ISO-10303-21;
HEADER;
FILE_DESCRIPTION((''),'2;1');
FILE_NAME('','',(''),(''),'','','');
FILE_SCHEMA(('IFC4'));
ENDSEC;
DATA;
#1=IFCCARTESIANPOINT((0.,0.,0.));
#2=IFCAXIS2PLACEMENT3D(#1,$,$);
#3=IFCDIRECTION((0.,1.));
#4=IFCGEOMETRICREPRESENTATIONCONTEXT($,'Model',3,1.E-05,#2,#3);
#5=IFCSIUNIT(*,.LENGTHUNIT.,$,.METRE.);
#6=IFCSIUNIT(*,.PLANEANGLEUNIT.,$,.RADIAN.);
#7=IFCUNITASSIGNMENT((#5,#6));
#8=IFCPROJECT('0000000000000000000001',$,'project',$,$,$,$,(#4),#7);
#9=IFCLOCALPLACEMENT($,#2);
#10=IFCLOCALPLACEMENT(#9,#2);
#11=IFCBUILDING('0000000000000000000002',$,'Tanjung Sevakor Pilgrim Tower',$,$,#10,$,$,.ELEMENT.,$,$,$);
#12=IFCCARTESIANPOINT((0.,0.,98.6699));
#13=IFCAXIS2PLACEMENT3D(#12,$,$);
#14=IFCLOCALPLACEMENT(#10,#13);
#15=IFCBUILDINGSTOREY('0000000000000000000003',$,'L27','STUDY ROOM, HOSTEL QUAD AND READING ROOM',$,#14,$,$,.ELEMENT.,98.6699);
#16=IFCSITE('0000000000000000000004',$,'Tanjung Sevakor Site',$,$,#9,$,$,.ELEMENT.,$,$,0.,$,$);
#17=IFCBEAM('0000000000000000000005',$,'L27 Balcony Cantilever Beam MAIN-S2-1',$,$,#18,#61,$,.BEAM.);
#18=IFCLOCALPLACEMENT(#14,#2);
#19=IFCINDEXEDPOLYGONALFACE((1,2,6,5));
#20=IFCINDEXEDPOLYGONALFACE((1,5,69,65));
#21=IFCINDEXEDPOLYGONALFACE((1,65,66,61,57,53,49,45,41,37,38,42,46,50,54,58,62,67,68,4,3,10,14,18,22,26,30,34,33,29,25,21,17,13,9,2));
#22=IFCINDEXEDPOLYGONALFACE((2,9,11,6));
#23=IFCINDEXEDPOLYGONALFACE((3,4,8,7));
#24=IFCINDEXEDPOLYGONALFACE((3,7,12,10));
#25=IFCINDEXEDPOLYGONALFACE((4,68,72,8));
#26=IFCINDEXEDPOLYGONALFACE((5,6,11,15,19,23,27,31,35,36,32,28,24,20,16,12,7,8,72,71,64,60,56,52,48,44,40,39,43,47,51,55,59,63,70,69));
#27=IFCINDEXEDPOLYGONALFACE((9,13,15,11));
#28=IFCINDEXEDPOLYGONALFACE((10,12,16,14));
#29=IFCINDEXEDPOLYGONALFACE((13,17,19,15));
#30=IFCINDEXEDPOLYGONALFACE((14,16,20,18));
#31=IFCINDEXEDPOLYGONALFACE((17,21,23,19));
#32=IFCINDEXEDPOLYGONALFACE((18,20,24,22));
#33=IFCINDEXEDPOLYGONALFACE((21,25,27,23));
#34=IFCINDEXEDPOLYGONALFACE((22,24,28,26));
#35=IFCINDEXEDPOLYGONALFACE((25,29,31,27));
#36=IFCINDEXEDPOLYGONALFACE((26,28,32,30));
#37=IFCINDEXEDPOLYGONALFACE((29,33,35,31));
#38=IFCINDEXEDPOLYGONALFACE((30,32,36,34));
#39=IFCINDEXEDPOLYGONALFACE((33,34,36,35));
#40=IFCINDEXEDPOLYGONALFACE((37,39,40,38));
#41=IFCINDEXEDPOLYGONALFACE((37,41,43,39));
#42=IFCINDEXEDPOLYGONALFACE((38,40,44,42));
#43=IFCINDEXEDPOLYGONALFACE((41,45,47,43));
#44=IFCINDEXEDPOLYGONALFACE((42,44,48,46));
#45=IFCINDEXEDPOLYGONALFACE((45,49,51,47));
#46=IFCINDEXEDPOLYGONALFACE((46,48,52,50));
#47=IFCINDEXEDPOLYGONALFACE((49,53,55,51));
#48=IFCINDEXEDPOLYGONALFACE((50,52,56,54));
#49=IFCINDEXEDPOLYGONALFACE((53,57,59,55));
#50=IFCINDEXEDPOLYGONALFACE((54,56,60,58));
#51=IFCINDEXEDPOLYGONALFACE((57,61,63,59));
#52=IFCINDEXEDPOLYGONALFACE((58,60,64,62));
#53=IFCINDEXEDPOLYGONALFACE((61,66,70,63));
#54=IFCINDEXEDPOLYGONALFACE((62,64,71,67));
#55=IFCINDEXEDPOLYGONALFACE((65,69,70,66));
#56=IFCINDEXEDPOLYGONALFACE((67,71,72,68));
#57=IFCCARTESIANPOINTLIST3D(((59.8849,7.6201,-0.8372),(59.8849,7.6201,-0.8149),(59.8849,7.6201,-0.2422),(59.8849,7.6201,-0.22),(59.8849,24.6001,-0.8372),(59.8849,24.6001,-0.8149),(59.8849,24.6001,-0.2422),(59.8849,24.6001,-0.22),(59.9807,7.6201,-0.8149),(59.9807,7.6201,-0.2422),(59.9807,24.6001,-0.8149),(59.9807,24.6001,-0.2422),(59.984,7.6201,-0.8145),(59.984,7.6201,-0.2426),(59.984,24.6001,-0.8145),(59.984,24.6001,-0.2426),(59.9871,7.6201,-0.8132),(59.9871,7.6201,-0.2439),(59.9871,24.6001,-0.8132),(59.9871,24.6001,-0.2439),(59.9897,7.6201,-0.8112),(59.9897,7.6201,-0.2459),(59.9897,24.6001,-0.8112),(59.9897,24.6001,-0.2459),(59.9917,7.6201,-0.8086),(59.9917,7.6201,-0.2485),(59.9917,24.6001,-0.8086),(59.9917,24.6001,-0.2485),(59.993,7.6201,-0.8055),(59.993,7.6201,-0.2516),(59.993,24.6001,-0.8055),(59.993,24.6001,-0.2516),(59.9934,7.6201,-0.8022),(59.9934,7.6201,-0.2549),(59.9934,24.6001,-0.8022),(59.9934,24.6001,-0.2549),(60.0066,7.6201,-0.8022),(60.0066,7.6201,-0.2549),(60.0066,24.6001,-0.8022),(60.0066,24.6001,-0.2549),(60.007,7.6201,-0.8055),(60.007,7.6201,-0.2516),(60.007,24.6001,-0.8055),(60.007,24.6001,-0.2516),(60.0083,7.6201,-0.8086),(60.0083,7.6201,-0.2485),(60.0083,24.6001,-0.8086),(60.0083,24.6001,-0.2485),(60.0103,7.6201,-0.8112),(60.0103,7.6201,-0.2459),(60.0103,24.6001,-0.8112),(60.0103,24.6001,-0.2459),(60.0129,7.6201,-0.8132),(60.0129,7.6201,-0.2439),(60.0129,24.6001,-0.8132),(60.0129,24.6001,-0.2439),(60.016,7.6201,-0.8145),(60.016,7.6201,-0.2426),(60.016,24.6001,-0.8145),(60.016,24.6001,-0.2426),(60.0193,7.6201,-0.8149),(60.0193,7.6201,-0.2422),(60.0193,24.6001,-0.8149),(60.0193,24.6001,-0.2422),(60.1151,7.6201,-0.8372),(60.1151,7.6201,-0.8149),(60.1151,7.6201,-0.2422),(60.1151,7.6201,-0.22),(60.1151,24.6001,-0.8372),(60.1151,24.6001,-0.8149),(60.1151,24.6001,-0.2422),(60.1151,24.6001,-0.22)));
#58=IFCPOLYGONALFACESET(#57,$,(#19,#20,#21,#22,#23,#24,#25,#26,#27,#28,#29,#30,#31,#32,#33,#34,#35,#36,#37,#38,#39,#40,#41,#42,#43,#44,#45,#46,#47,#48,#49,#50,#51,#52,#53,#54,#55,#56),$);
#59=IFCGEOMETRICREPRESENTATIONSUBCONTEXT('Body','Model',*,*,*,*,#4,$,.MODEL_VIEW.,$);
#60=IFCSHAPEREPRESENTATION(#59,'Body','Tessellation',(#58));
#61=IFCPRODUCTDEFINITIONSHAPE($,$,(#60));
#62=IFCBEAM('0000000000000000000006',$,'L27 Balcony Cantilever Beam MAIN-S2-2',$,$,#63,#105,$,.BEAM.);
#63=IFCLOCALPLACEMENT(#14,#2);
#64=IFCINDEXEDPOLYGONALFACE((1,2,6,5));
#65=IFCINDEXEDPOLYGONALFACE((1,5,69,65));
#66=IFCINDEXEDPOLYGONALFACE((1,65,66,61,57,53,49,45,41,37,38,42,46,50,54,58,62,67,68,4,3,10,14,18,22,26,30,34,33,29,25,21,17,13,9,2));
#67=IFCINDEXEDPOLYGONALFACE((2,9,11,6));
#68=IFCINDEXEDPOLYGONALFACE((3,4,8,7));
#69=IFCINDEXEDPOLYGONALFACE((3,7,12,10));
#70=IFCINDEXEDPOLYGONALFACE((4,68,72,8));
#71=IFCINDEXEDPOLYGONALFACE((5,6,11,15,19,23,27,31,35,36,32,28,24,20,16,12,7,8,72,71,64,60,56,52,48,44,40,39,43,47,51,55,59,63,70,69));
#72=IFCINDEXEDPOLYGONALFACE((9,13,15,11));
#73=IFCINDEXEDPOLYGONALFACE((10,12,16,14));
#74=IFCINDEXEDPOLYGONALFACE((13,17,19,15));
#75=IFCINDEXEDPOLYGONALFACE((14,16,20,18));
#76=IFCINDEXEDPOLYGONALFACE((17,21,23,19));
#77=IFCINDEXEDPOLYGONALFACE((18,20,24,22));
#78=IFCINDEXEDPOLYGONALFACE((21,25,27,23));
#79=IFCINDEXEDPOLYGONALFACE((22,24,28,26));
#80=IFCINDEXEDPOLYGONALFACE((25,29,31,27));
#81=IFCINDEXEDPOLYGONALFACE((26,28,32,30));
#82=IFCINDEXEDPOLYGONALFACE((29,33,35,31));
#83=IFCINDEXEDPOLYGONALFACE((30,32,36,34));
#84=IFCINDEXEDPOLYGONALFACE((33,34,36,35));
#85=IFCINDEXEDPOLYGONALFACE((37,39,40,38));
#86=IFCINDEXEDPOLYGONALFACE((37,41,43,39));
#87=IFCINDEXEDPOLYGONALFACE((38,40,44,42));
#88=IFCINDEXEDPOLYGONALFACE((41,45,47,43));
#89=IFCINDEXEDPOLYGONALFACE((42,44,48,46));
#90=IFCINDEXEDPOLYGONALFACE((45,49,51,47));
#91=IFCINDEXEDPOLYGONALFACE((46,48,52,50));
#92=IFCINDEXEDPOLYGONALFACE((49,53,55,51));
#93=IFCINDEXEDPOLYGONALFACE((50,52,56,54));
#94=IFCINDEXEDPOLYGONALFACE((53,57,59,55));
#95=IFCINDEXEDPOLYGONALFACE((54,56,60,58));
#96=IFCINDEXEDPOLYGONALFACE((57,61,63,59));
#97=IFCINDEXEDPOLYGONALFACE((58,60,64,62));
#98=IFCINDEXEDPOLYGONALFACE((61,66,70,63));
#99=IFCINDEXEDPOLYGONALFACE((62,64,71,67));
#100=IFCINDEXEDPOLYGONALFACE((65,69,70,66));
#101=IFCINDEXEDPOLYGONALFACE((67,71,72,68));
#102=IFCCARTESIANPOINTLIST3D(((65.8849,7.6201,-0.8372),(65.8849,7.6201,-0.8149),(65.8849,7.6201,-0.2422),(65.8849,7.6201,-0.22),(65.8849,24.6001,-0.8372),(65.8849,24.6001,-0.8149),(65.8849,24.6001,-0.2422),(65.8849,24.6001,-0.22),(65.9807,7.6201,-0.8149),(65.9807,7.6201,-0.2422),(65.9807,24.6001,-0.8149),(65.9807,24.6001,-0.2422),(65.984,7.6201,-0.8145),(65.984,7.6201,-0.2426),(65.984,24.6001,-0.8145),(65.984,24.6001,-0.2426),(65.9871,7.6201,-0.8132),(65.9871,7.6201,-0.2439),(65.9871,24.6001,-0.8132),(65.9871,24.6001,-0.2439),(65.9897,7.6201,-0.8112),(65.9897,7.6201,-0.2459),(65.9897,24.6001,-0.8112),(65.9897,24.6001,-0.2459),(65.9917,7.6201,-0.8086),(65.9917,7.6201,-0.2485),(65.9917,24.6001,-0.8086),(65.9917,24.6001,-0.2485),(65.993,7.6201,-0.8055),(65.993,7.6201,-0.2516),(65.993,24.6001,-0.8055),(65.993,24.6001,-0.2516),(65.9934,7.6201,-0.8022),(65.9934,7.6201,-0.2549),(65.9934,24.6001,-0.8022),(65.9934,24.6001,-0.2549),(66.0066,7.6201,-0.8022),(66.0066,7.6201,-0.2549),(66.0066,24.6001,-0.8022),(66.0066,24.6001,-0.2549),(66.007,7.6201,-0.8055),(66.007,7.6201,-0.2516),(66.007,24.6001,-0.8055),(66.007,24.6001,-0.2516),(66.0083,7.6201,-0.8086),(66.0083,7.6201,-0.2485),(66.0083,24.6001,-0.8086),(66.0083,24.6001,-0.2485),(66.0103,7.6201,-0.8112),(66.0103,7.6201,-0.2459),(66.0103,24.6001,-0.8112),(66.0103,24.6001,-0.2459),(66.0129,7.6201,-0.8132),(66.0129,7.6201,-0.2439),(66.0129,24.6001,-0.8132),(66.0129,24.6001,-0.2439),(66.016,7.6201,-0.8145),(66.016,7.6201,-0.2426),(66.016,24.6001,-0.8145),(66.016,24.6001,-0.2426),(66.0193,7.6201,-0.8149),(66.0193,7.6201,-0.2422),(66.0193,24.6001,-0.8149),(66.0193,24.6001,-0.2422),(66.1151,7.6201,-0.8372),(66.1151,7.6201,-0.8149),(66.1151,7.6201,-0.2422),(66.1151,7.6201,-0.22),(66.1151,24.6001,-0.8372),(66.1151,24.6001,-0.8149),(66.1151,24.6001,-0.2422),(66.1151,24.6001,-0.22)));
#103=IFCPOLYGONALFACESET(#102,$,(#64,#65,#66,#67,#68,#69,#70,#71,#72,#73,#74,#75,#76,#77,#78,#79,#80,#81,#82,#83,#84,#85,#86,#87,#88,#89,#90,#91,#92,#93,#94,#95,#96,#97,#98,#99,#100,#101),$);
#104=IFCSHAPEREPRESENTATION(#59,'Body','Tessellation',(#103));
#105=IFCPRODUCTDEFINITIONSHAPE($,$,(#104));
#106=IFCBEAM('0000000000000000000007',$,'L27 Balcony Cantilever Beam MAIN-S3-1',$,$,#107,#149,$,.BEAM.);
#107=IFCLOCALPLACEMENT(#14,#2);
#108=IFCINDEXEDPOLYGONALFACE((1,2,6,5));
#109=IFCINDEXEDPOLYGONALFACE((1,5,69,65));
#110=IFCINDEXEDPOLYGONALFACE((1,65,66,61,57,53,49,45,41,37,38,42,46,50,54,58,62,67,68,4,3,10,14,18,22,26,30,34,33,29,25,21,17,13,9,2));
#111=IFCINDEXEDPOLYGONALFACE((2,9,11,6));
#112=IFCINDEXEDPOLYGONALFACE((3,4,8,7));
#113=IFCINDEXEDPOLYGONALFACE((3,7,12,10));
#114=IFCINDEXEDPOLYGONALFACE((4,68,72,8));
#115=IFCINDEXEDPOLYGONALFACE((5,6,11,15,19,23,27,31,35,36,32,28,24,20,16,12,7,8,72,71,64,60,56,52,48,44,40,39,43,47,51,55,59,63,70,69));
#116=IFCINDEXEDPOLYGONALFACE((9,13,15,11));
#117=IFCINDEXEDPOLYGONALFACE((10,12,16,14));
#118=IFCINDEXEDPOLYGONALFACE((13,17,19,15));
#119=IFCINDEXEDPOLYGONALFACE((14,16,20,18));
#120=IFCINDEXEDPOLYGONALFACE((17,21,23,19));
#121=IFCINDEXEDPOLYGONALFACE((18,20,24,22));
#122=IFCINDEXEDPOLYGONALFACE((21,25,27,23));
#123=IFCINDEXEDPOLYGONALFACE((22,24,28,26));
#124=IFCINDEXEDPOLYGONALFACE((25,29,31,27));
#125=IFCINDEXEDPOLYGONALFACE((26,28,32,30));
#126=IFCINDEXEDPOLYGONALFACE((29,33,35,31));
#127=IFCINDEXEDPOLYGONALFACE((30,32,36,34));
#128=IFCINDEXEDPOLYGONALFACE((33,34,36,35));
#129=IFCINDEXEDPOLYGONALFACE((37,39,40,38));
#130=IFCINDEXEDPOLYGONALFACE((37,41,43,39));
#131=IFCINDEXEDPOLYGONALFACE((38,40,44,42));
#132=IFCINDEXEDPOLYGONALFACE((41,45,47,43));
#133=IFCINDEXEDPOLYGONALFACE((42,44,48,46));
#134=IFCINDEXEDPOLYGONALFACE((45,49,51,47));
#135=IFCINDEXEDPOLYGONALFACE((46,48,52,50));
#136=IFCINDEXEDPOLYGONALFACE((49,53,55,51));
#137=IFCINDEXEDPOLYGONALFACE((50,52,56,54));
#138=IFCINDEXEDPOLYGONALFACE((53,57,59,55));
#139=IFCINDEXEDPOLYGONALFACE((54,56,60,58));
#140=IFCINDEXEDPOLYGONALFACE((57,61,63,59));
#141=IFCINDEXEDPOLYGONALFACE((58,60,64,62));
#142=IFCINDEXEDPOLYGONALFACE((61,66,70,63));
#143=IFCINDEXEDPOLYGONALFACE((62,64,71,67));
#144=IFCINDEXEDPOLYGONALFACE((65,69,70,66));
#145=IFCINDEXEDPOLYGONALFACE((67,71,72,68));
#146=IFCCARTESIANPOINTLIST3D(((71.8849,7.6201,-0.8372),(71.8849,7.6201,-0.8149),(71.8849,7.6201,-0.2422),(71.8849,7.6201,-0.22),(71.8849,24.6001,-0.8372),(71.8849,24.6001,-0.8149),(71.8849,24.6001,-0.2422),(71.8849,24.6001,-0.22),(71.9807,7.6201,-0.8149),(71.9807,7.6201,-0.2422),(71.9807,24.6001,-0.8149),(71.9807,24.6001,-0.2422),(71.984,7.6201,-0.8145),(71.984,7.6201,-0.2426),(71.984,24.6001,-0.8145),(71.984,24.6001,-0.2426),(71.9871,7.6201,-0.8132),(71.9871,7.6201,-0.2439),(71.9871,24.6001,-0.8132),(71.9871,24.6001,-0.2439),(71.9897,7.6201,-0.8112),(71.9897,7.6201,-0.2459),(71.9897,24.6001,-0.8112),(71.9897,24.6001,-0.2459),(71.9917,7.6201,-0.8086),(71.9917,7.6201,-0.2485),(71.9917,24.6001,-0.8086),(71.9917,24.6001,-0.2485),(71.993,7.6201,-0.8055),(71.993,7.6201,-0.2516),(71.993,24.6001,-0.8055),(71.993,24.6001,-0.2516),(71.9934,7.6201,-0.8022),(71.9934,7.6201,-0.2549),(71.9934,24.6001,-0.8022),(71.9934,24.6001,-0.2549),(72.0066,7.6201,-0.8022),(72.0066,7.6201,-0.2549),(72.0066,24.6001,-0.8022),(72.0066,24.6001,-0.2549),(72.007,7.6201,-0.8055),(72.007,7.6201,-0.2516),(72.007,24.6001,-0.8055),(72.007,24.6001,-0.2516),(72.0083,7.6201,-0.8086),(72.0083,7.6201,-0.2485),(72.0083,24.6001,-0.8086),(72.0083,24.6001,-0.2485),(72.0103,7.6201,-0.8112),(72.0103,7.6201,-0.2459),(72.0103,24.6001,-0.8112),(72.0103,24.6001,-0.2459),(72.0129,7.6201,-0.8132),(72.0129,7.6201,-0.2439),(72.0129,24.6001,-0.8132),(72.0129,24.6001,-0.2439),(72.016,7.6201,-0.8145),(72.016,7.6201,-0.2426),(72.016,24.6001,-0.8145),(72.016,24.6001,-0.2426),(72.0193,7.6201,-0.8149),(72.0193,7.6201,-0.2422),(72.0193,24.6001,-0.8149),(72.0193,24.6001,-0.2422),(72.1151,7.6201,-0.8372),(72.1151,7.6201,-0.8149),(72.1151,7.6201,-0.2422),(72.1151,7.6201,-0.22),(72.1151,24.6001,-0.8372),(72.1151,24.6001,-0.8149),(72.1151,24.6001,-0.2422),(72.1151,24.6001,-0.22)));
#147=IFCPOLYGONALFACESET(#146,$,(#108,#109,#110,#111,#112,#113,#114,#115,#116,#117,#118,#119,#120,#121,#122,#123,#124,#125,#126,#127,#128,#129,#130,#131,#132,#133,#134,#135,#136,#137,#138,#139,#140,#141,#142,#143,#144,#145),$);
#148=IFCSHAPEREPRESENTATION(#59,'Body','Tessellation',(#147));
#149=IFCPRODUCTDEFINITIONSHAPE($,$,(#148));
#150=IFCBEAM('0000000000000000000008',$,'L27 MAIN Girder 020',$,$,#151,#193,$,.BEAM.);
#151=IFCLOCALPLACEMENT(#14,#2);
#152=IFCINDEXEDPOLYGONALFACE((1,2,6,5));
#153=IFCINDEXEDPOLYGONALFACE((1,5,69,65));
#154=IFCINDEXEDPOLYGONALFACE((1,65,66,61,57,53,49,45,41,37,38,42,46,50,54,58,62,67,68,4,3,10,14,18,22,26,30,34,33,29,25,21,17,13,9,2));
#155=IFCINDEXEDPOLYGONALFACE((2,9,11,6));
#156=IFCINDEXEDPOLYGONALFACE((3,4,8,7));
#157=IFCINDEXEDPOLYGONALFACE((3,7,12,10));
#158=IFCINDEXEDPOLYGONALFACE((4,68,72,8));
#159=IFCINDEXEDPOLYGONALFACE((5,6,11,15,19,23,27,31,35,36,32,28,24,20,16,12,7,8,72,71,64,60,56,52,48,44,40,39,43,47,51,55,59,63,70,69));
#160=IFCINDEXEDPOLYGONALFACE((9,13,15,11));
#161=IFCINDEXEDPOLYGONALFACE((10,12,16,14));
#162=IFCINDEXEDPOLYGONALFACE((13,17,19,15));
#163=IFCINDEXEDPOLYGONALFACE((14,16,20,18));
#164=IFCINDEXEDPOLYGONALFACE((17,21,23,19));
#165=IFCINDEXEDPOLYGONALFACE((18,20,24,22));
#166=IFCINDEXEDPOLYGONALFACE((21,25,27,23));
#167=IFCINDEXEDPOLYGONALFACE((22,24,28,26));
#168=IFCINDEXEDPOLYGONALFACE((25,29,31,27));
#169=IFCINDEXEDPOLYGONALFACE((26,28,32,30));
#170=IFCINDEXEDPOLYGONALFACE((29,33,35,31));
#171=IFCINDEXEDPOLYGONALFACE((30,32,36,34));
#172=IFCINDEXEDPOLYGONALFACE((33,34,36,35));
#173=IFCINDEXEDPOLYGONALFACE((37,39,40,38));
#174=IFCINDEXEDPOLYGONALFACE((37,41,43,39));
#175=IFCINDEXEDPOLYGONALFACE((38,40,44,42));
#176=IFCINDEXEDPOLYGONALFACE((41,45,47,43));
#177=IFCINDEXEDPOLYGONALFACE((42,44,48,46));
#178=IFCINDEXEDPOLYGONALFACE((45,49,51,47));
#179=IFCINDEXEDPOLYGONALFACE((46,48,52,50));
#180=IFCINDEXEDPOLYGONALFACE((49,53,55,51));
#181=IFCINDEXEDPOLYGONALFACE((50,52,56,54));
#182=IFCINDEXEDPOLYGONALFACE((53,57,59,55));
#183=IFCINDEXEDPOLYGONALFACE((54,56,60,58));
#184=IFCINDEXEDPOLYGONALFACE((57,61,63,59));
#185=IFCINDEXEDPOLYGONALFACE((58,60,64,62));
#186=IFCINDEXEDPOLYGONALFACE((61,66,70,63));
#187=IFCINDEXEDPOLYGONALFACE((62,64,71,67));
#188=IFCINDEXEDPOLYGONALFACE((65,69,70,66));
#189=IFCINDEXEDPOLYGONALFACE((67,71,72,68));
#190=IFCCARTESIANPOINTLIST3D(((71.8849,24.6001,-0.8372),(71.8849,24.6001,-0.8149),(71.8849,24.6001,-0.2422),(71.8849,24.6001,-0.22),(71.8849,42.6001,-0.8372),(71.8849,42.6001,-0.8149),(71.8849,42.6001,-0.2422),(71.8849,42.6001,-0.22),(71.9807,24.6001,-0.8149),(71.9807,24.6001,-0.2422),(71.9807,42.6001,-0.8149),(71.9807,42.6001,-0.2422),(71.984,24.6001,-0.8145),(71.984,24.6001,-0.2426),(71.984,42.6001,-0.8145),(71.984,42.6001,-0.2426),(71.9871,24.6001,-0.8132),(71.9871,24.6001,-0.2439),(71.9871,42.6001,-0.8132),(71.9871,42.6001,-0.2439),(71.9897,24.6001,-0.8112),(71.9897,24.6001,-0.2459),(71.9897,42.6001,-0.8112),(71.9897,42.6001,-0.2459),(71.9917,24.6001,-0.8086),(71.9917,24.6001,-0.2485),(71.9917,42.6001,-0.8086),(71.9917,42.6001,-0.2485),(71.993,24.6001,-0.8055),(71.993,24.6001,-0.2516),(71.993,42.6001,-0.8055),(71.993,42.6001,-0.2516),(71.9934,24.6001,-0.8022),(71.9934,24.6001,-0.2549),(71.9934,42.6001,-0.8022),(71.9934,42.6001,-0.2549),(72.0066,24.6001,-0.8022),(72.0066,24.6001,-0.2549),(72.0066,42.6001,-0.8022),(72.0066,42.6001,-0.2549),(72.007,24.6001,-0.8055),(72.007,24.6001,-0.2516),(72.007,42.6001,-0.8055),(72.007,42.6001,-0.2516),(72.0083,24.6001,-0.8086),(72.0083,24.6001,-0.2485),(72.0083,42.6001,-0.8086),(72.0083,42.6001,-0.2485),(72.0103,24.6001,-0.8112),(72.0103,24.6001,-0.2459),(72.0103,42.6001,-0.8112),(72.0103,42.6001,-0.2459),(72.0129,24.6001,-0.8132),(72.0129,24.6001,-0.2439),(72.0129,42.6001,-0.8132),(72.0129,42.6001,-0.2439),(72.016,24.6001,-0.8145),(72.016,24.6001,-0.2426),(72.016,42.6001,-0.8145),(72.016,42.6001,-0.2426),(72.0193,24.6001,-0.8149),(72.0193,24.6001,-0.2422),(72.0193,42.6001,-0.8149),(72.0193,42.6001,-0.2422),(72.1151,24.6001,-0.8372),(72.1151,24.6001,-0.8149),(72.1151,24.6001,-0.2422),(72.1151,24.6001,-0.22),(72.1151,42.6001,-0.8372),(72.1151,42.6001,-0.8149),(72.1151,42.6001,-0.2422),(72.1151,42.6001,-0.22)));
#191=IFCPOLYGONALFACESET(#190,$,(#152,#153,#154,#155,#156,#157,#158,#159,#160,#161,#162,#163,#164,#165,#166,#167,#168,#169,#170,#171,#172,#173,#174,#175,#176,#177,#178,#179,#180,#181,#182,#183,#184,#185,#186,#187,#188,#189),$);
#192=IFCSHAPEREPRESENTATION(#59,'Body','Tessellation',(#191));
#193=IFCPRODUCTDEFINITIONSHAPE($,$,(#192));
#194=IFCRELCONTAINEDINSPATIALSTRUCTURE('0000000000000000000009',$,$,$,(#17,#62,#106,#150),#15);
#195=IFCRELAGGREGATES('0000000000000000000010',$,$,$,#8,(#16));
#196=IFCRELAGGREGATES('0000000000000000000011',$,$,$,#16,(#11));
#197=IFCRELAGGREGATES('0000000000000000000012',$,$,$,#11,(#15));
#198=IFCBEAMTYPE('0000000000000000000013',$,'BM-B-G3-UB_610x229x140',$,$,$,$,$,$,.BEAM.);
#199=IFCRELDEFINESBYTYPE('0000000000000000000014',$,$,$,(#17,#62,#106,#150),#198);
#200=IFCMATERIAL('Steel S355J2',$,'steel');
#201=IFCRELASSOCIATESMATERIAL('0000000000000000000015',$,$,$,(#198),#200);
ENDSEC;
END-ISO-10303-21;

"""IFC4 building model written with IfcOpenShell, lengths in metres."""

from ifc_helpers import new_model, si_unit, direction, frame, origin, origin_2d, place, context, subcontext, project, spatial, i_section, extrude, material, material_profile, profile_set, type_object, element, save


model = new_model("IFC4")

# Units and contexts
model_context = context("Model", 3, precision=1e-05, world=origin(), true_north=direction((0.0, 1.0)))
body_context = subcontext(model_context, "Body", "Model", "MODEL_VIEW")
ifc_project = project(units=[si_unit("LENGTHUNIT", "METRE"), si_unit("PLANEANGLEUNIT", "RADIAN")], contexts=[model_context])

# Site, building, storey
site_placement = place(None, origin())
site = spatial("IfcSite", under=ifc_project, at=site_placement, Name="Tanjung Sevakor Site", CompositionType="ELEMENT", RefElevation=0.0)
building_placement = place(site_placement, origin())
building = spatial("IfcBuilding", under=site, at=building_placement, Name="Tanjung Sevakor Pilgrim Tower", CompositionType="ELEMENT")
storey_placement = place(building_placement, frame((0.0, 0.0, 98.6699)))
storey = spatial("IfcBuildingStorey", under=building, at=storey_placement, Name="L27", Description="STUDY ROOM, HOSTEL QUAD AND READING ROOM", CompositionType="ELEMENT", Elevation=98.6699)

# Beams
ifc_material_1 = material(Name="Steel S355J2", Category="steel")
ifc_material_profile_1 = material_profile(ifc_material_1, i_section(OverallWidth=0.2302, OverallDepth=0.6172, WebThickness=0.0132, FlangeThickness=0.0222, FilletRadius=0.0127, at=origin_2d()))
ifc_profile_set_1 = profile_set([ifc_material_profile_1], Name="Steel S355J2")
beam_type_1 = type_object("IfcBeamType", Name="BM-B-G3-UB_610x229x140", PredefinedType="BEAM", material=ifc_profile_set_1)
for number, where, z_axis, x_axis, name in (
    (1, (60.0, 24.6001, -0.5286), (0.0, -1.0, 0.0), (1.0, 0.0, 0.0), "L27 Balcony Cantilever Beam MAIN-S2-1"),
    (2, (66.0, 24.6001, -0.5286), (0.0, -1.0, 0.0), (1.0, 0.0, 0.0), "L27 Balcony Cantilever Beam MAIN-S2-2"),
    (3, (72.0, 24.6001, -0.5286), (0.0, -1.0, 0.0), (1.0, 0.0, 0.0), "L27 Balcony Cantilever Beam MAIN-S3-1"),
):
    element("IfcBeam", number, at=place(storey_placement, frame(where, z_axis=z_axis, x_axis=x_axis)), inside=storey, type_object=beam_type_1, Name=name, PredefinedType="BEAM", context=body_context, shape_type="SweptSolid", body=[
        extrude(i_section(OverallWidth=0.2302, OverallDepth=0.6172, WebThickness=0.0132, FlangeThickness=0.0222, FilletRadius=0.0127, at=origin_2d()), origin(), (0.0, 0.0, 1.0), 16.98),
    ])
beam_1_placement = place(storey_placement, frame((72.0, 24.6001, -0.5286), z_axis=(0.0, 1.0, 0.0), x_axis=(-1.0, 0.0, 0.0)))
element("IfcBeam", 4, at=beam_1_placement, inside=storey, type_object=beam_type_1, Name="L27 MAIN Girder 020", PredefinedType="BEAM", context=body_context, shape_type="SweptSolid", body=[
    extrude(i_section(OverallWidth=0.2302, OverallDepth=0.6172, WebThickness=0.0132, FlangeThickness=0.0222, FilletRadius=0.0127, at=origin_2d()), origin(), (0.0, 0.0, 1.0), 18.0),
])

save(model, "model.ifc")
